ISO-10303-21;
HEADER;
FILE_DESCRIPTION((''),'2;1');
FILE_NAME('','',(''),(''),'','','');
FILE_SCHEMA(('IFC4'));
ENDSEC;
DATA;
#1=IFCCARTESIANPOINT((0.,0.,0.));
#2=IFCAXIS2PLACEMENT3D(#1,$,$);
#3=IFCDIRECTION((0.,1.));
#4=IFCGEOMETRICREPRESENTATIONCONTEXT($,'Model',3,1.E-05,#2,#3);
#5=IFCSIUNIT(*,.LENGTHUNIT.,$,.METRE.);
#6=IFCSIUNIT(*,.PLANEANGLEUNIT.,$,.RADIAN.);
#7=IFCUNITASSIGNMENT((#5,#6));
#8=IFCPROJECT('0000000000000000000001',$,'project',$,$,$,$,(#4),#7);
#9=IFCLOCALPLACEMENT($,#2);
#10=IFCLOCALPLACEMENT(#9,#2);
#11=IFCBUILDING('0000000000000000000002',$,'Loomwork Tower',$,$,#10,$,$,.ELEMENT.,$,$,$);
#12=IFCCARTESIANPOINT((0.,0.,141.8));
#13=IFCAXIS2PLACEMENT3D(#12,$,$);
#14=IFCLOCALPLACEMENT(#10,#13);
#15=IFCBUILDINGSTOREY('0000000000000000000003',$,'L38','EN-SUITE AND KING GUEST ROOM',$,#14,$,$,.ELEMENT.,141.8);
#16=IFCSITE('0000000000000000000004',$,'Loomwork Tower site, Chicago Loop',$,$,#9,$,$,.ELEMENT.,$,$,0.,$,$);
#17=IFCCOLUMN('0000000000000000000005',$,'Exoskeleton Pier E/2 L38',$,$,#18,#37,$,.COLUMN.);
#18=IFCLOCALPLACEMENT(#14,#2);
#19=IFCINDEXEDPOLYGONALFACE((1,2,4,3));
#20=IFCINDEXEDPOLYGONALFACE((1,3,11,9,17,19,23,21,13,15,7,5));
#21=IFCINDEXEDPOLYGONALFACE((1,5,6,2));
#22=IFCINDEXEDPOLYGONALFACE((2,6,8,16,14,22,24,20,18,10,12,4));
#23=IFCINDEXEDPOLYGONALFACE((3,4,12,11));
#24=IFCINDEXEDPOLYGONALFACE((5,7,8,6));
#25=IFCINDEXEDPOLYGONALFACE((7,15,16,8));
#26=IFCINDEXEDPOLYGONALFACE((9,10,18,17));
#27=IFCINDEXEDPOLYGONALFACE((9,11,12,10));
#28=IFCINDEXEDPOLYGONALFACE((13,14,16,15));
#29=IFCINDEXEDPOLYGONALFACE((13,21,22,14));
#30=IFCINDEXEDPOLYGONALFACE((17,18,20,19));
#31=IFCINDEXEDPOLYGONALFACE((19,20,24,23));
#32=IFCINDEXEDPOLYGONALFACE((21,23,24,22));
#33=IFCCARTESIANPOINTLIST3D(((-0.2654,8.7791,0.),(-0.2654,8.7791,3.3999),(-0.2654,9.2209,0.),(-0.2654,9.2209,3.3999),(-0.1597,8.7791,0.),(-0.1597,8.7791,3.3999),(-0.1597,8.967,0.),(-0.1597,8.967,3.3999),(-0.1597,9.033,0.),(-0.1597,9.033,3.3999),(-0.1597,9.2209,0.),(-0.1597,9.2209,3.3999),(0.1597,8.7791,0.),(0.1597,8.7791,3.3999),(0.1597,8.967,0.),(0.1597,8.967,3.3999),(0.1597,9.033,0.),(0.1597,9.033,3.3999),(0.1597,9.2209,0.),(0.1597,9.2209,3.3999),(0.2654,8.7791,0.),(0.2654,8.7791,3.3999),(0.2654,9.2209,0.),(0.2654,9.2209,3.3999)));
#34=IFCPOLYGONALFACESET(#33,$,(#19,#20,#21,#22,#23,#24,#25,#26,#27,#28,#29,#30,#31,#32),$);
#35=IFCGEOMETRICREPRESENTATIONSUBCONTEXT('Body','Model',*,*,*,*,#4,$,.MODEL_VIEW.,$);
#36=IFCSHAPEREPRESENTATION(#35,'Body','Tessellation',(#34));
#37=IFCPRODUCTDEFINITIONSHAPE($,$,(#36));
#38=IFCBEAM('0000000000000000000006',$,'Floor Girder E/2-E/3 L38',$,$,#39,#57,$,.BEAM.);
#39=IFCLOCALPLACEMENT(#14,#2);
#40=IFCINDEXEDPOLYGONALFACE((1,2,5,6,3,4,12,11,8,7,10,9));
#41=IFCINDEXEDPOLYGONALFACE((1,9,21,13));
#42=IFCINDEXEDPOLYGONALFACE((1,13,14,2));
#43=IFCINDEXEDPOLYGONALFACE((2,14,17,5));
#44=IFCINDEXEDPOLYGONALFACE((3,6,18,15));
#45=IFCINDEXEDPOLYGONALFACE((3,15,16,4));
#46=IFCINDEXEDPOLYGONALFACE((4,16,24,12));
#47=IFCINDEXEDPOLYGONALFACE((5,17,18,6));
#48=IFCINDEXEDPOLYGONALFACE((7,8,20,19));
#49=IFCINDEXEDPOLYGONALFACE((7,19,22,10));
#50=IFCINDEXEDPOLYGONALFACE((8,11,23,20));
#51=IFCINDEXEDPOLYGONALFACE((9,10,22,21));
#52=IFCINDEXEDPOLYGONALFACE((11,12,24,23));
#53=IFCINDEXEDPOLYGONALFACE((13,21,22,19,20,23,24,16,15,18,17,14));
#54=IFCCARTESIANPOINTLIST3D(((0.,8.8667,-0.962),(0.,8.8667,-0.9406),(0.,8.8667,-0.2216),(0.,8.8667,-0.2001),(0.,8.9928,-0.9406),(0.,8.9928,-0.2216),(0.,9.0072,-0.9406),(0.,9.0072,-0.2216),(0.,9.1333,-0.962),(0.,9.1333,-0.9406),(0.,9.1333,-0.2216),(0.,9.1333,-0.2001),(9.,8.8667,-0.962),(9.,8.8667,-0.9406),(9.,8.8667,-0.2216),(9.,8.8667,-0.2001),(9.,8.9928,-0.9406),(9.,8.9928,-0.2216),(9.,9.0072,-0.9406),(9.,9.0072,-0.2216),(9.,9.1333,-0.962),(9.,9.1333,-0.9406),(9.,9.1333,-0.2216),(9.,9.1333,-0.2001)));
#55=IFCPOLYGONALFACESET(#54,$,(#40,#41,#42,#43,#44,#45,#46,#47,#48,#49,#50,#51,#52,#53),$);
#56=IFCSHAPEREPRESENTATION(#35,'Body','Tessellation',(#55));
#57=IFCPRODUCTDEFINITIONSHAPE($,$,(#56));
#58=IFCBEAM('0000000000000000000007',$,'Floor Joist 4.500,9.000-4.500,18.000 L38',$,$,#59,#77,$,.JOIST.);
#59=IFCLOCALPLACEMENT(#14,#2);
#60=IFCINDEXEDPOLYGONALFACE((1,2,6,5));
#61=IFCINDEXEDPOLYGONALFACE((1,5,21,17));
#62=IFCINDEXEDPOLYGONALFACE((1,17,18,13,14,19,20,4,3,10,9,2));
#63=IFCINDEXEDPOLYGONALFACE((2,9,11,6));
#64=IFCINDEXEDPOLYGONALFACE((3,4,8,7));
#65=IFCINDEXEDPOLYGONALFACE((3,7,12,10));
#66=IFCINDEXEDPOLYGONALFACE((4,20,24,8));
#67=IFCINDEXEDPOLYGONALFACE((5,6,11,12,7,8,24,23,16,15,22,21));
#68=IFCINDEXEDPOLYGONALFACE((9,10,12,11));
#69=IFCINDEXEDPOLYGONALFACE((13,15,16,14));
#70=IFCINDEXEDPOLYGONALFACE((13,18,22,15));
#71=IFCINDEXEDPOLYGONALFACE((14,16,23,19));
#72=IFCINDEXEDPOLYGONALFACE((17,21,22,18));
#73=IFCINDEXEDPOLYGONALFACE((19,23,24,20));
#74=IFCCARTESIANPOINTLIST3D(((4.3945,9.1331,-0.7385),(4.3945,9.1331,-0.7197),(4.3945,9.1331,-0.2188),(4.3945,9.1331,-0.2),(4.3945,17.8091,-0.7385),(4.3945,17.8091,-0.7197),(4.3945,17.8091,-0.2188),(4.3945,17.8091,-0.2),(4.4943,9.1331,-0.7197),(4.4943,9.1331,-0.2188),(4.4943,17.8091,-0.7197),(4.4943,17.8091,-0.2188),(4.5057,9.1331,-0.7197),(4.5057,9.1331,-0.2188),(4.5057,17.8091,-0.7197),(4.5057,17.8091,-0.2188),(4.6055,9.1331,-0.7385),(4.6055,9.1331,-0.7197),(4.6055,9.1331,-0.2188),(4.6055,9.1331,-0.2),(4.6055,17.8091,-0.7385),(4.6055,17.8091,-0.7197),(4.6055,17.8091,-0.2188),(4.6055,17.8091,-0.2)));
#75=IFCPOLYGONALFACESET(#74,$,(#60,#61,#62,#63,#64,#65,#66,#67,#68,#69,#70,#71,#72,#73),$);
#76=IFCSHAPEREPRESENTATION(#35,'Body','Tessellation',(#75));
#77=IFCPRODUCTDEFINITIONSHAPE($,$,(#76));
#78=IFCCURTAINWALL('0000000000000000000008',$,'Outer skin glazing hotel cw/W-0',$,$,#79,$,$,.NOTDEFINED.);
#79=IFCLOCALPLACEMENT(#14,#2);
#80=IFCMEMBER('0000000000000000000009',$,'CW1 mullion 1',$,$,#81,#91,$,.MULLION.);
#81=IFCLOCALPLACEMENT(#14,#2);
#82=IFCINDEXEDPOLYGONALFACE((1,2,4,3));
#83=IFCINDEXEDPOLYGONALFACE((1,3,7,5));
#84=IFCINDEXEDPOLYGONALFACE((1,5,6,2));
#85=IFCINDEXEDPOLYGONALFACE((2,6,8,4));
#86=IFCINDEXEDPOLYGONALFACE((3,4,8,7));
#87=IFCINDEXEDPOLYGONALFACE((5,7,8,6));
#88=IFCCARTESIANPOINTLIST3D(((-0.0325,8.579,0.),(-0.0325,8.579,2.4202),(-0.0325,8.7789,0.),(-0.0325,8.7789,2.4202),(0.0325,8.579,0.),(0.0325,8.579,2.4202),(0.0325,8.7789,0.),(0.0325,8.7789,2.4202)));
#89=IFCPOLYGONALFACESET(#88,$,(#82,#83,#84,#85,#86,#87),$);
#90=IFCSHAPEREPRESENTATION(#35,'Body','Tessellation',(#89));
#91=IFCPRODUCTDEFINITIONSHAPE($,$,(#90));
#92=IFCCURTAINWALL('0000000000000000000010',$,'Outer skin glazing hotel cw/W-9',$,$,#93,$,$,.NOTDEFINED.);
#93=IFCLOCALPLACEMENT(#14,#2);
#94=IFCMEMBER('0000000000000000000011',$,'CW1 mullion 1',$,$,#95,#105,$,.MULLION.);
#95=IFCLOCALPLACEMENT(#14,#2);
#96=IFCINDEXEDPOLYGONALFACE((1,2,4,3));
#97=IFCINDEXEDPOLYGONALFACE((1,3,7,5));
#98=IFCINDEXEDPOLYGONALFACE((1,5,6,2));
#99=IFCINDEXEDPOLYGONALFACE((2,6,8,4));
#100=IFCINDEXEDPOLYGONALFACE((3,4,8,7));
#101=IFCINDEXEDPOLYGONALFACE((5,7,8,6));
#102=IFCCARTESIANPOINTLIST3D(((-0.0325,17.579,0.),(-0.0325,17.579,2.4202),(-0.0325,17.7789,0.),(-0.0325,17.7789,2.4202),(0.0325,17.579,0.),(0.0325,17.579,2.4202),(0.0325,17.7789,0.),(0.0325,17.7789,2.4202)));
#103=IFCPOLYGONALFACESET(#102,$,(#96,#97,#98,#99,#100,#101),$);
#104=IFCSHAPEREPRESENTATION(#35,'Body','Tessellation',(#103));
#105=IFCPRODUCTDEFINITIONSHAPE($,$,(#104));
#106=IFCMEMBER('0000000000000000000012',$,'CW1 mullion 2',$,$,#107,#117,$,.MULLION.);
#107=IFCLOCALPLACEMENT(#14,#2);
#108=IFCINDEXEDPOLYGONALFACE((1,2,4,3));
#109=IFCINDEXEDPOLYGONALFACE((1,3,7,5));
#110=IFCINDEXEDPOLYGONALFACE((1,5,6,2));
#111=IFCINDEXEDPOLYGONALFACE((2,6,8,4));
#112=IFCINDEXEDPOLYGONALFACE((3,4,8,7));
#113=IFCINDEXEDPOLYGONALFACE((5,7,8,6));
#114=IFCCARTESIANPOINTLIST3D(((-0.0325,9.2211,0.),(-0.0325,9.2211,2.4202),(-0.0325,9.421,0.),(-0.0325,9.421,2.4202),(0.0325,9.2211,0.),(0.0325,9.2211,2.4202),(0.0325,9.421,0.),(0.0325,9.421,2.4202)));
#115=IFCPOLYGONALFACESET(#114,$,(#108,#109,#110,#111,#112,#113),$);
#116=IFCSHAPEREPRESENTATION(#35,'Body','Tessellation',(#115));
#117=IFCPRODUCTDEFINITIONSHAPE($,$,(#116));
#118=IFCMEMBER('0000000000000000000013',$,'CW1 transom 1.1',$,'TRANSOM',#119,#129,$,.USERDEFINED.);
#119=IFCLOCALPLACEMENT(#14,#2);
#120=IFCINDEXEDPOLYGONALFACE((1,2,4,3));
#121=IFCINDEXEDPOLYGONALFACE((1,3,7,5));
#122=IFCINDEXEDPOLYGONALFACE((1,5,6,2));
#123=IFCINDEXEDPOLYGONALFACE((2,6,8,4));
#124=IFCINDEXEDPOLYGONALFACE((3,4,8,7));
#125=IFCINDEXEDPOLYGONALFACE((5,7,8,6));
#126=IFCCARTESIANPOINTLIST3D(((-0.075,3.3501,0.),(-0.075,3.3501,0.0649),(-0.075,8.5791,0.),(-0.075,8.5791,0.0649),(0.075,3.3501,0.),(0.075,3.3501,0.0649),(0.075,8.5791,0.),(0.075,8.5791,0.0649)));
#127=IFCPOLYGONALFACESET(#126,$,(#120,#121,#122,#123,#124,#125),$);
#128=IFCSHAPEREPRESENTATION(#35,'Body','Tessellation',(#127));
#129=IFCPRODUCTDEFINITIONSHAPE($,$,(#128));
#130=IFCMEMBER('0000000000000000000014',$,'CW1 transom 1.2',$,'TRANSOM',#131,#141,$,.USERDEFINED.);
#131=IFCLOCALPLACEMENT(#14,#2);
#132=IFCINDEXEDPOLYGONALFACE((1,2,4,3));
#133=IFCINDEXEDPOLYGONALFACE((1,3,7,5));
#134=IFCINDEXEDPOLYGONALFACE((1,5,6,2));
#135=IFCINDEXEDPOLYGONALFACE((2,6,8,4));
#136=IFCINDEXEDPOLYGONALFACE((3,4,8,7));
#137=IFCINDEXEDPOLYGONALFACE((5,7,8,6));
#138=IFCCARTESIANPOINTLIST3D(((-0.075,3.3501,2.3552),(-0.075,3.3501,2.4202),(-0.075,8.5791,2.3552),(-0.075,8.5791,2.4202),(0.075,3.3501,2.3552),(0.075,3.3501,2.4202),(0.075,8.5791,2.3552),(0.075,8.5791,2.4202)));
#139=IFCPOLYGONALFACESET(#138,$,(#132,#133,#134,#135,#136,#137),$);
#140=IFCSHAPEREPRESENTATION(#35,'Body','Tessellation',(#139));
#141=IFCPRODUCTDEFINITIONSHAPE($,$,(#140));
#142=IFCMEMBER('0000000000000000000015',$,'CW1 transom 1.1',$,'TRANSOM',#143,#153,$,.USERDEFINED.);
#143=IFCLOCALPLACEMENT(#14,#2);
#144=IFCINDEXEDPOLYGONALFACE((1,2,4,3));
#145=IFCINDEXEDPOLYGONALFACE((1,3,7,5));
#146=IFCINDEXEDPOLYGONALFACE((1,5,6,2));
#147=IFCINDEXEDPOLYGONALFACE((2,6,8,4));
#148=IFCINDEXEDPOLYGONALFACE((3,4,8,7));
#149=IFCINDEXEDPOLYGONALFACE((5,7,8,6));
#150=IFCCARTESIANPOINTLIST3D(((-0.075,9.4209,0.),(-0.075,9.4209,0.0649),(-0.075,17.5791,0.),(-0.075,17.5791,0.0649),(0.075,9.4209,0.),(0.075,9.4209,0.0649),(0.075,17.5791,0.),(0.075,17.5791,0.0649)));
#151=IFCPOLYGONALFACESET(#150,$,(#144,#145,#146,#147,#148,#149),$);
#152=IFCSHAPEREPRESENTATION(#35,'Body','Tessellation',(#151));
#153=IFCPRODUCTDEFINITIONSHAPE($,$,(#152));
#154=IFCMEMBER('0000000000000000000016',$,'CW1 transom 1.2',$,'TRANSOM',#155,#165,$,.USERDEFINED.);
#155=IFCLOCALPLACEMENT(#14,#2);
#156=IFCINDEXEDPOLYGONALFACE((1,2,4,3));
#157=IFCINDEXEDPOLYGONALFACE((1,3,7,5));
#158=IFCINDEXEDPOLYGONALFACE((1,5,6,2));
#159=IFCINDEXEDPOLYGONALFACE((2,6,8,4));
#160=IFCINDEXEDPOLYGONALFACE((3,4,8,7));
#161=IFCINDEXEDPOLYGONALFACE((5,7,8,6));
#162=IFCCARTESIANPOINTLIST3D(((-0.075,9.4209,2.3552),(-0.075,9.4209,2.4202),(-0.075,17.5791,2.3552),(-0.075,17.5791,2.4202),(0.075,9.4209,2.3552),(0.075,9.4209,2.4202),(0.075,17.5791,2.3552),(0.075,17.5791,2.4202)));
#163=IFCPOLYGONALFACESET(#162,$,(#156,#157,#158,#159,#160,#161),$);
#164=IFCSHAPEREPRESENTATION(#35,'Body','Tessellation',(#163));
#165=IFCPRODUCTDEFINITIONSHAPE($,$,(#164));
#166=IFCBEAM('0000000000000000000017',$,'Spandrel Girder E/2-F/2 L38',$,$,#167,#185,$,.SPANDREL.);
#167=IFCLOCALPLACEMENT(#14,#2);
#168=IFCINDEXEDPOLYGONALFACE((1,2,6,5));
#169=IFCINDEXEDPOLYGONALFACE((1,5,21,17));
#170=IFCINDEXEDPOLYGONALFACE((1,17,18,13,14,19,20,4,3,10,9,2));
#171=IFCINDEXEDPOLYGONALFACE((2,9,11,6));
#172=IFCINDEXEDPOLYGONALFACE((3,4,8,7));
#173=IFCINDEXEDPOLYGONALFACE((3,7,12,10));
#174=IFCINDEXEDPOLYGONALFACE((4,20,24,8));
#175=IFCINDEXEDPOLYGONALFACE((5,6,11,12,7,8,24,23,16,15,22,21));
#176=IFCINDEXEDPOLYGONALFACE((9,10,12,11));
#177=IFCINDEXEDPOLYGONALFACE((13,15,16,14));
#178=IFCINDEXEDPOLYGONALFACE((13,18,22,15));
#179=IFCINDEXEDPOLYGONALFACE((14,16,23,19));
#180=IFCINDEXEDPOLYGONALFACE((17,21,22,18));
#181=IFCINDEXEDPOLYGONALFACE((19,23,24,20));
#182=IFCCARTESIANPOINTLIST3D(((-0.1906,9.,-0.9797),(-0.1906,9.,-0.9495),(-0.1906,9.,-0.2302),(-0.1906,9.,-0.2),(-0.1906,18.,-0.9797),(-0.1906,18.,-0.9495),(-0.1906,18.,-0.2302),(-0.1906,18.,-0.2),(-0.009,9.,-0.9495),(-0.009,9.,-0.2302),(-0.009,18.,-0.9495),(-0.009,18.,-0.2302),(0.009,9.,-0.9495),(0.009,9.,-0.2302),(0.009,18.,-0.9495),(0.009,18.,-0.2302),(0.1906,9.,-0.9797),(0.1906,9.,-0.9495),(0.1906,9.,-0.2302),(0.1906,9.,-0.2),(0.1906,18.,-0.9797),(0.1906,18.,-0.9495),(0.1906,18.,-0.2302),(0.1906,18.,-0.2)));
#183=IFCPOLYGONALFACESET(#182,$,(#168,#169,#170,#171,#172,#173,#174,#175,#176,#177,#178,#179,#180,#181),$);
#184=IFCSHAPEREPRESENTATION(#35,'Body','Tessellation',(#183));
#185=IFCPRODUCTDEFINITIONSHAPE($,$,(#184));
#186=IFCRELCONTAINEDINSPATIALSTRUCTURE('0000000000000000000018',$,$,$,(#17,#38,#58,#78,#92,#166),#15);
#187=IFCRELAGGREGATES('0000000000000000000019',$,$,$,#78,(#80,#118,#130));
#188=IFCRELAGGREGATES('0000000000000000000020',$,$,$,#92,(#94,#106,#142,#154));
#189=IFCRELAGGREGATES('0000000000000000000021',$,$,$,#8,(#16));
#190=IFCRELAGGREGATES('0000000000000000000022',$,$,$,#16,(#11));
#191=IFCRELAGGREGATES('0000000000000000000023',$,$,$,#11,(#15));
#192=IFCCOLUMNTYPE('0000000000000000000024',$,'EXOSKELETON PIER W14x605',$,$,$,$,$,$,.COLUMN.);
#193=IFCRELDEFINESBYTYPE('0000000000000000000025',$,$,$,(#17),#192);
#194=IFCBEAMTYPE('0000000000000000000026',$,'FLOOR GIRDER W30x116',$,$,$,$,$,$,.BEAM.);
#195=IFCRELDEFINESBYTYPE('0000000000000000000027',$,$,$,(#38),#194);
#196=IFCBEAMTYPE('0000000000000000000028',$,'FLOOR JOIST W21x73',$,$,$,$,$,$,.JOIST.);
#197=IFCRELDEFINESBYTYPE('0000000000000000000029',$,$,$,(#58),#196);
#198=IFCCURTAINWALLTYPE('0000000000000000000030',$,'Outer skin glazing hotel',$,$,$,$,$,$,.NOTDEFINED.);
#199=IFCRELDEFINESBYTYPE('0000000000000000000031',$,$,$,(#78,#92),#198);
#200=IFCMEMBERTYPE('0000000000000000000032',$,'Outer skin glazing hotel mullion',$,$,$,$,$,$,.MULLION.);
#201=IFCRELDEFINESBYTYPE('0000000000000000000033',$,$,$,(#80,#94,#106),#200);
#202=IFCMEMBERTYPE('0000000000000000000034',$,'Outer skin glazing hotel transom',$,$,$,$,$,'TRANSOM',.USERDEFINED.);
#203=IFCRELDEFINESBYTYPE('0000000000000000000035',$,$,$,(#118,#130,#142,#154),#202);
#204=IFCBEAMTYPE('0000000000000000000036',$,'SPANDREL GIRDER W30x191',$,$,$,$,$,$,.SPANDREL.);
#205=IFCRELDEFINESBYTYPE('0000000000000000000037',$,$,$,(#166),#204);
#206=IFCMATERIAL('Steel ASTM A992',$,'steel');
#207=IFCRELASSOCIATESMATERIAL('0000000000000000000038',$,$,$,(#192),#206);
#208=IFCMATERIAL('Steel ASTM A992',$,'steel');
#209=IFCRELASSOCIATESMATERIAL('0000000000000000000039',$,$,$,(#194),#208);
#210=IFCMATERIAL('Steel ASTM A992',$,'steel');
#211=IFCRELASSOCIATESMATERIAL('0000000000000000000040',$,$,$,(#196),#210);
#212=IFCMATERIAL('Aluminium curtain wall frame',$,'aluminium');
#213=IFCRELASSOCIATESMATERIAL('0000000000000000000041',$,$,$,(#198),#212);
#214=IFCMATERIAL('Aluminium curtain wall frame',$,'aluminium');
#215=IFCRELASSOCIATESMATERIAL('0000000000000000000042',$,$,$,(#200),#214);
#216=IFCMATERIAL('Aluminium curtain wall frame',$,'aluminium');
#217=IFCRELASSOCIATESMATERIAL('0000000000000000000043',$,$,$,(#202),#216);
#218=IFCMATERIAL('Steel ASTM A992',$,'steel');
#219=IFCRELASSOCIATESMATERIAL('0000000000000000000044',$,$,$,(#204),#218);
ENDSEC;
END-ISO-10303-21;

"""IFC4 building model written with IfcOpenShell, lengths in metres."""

from ifc_helpers import new_model, si_unit, direction, frame, origin, origin_2d, place, context, subcontext, project, spatial, rectangle, i_section, extrude, material, material_profile, profile_set, type_object, element, aggregate, save


model = new_model("IFC4")

# Units and contexts
model_context = context("Model", 3, precision=1e-05, world=origin(), true_north=direction((0.0, 1.0)))
body_context = subcontext(model_context, "Body", "Model", "MODEL_VIEW")
ifc_project = project(units=[si_unit("LENGTHUNIT", "METRE"), si_unit("PLANEANGLEUNIT", "RADIAN")], contexts=[model_context])

# Site, building, storey
site_placement = place(None, origin())
site = spatial("IfcSite", under=ifc_project, at=site_placement, Name="Loomwork Tower site, Chicago Loop", CompositionType="ELEMENT", RefElevation=0.0)
building_placement = place(site_placement, origin())
building = spatial("IfcBuilding", under=site, at=building_placement, Name="Loomwork Tower", CompositionType="ELEMENT")
storey_placement = place(building_placement, frame((0.0, 0.0, 141.8)))
storey = spatial("IfcBuildingStorey", under=building, at=storey_placement, Name="L38", Description="EN-SUITE AND KING GUEST ROOM", CompositionType="ELEMENT", Elevation=141.8)

# Column
ifc_material_1 = material(Name="Steel ASTM A992", Category="steel")
ifc_material_profile_1 = material_profile(ifc_material_1, i_section(OverallWidth=0.4419, OverallDepth=0.5308, WebThickness=0.0659, FlangeThickness=0.1057, at=origin_2d()), Name="W14x605")
ifc_profile_set_1 = profile_set([ifc_material_profile_1], Name="Steel ASTM A992")
column_type = type_object("IfcColumnType", Name="EXOSKELETON PIER W14x605", PredefinedType="COLUMN", material=ifc_profile_set_1)
column_placement = place(storey_placement, frame((0.0, 9.0, 0.0), z_axis=(0.0, 0.0, 1.0), x_axis=(0.0, 1.0, 0.0)))
element("IfcColumn", 1, at=column_placement, inside=storey, type_object=column_type, Name="Exoskeleton Pier E/2 L38", PredefinedType="COLUMN", context=body_context, shape_type="SweptSolid", body=[
    extrude(i_section(OverallWidth=0.4419, OverallDepth=0.5308, WebThickness=0.0659, FlangeThickness=0.1057, at=origin_2d()), origin(), (0.0, 0.0, 1.0), 3.3999),
])

# Beams
ifc_material_2 = material(Name="Steel ASTM A992", Category="steel")
ifc_material_profile_2 = material_profile(ifc_material_2, i_section(OverallWidth=0.2666, OverallDepth=0.762, WebThickness=0.0144, FlangeThickness=0.0215, at=origin_2d()), Name="W30x116")
ifc_profile_set_2 = profile_set([ifc_material_profile_2], Name="Steel ASTM A992")
beam_type_1 = type_object("IfcBeamType", Name="FLOOR GIRDER W30x116", PredefinedType="BEAM", material=ifc_profile_set_2)
beam_1_placement = place(storey_placement, frame((0.0, 9.0, -0.5811), z_axis=(1.0, 0.0, 0.0), x_axis=(0.0, 1.0, 0.0)))
element("IfcBeam", 2, at=beam_1_placement, inside=storey, type_object=beam_type_1, Name="Floor Girder E/2-E/3 L38", PredefinedType="BEAM", context=body_context, shape_type="SweptSolid", body=[
    extrude(i_section(OverallWidth=0.2666, OverallDepth=0.762, WebThickness=0.0144, FlangeThickness=0.0215, at=origin_2d()), origin(), (0.0, 0.0, 1.0), 9.0),
])
ifc_material_3 = material(Name="Steel ASTM A992", Category="steel")
ifc_material_profile_3 = material_profile(ifc_material_3, i_section(OverallWidth=0.2109, OverallDepth=0.5386, WebThickness=0.0115, FlangeThickness=0.0188, at=origin_2d()), Name="W21x73")
ifc_profile_set_3 = profile_set([ifc_material_profile_3], Name="Steel ASTM A992")
beam_type_2 = type_object("IfcBeamType", Name="FLOOR JOIST W21x73", PredefinedType="JOIST", material=ifc_profile_set_3)
beam_2_placement = place(storey_placement, frame((4.5, 9.1331, -0.4692), z_axis=(0.0, 1.0, 0.0), x_axis=(-1.0, 0.0, 0.0)))
element("IfcBeam", 3, at=beam_2_placement, inside=storey, type_object=beam_type_2, Name="Floor Joist 4.500,9.000-4.500,18.000 L38", PredefinedType="JOIST", context=body_context, shape_type="SweptSolid", body=[
    extrude(i_section(OverallWidth=0.2109, OverallDepth=0.5386, WebThickness=0.0115, FlangeThickness=0.0188, at=origin_2d()), origin(), (0.0, 0.0, 1.0), 8.676),
])

# Curtain wall, member
ifc_material_4 = material(Name="Aluminium curtain wall frame", Category="aluminium")
curtain_wall_type = type_object("IfcCurtainWallType", Name="Outer skin glazing hotel", PredefinedType="NOTDEFINED", material=ifc_material_4)
curtain_wall_1_placement = place(storey_placement, origin())
curtain_wall_1 = element("IfcCurtainWall", 4, at=curtain_wall_1_placement, inside=storey, type_object=curtain_wall_type, Name="Outer skin glazing hotel cw/W-0", PredefinedType="NOTDEFINED")
ifc_material_5 = material(Name="Aluminium curtain wall frame", Category="aluminium")
ifc_material_profile_4 = material_profile(ifc_material_5, rectangle(XDim=0.0649, YDim=0.2, at=origin_2d()), Name="AL 65x200")
ifc_profile_set_4 = profile_set([ifc_material_profile_4], Name="Aluminium curtain wall frame")
member_type_1 = type_object("IfcMemberType", Name="Outer skin glazing hotel mullion", PredefinedType="MULLION", material=ifc_profile_set_4)
member_1_placement = place(storey_placement, frame((0.0, 8.679, 0.0), z_axis=(0.0, 0.0, 1.0), x_axis=(1.0, 0.0, 0.0)))
member_1 = element("IfcMember", 5, at=member_1_placement, type_object=member_type_1, Name="CW1 mullion 1", PredefinedType="MULLION", context=body_context, shape_type="SweptSolid", body=[
    extrude(rectangle(XDim=0.0649, YDim=0.2, at=origin_2d()), origin(), (0.0, 0.0, 1.0), 2.4202),
])

# Curtain wall, members
curtain_wall_2_placement = place(storey_placement, origin())
curtain_wall_2 = element("IfcCurtainWall", 6, at=curtain_wall_2_placement, inside=storey, type_object=curtain_wall_type, Name="Outer skin glazing hotel cw/W-9", PredefinedType="NOTDEFINED")
member_2_placement = place(storey_placement, frame((0.0, 17.679, 0.0), z_axis=(0.0, 0.0, 1.0), x_axis=(1.0, 0.0, 0.0)))
member_2 = element("IfcMember", 7, at=member_2_placement, type_object=member_type_1, Name="CW1 mullion 1", PredefinedType="MULLION", context=body_context, shape_type="SweptSolid", body=[
    extrude(rectangle(XDim=0.0649, YDim=0.2, at=origin_2d()), origin(), (0.0, 0.0, 1.0), 2.4202),
])
member_3_placement = place(storey_placement, frame((0.0, 9.321, 0.0), z_axis=(0.0, 0.0, 1.0), x_axis=(1.0, 0.0, 0.0)))
member_3 = element("IfcMember", 8, at=member_3_placement, type_object=member_type_1, Name="CW1 mullion 2", PredefinedType="MULLION", context=body_context, shape_type="SweptSolid", body=[
    extrude(rectangle(XDim=0.0649, YDim=0.2, at=origin_2d()), origin(), (0.0, 0.0, 1.0), 2.4202),
])

# Members
ifc_material_6 = material(Name="Aluminium curtain wall frame", Category="aluminium")
ifc_material_profile_5 = material_profile(ifc_material_6, rectangle(XDim=0.1499, YDim=0.0649, at=origin_2d()), Name="AL 65x150")
ifc_profile_set_5 = profile_set([ifc_material_profile_5], Name="Aluminium curtain wall frame")
member_type_2 = type_object("IfcMemberType", Name="Outer skin glazing hotel transom", ElementType="TRANSOM", PredefinedType="USERDEFINED", material=ifc_profile_set_5)
member_4_placement = place(storey_placement, frame((0.0, 8.5791, 0.0325), z_axis=(0.0, -1.0, 0.0), x_axis=(1.0, 0.0, 0.0)))
member_4 = element("IfcMember", 9, at=member_4_placement, type_object=member_type_2, Name="CW1 transom 1.1", ObjectType="TRANSOM", PredefinedType="USERDEFINED", context=body_context, shape_type="SweptSolid", body=[
    extrude(rectangle(XDim=0.1499, YDim=0.0649, at=origin_2d()), origin(), (0.0, 0.0, 1.0), 5.229),
])
member_5_placement = place(storey_placement, frame((0.0, 8.5791, 2.3877), z_axis=(0.0, -1.0, 0.0), x_axis=(1.0, 0.0, 0.0)))
member_5 = element("IfcMember", 10, at=member_5_placement, type_object=member_type_2, Name="CW1 transom 1.2", ObjectType="TRANSOM", PredefinedType="USERDEFINED", context=body_context, shape_type="SweptSolid", body=[
    extrude(rectangle(XDim=0.1499, YDim=0.0649, at=origin_2d()), origin(), (0.0, 0.0, 1.0), 5.229),
])
member_6_placement = place(storey_placement, frame((0.0, 17.5791, 0.0325), z_axis=(0.0, -1.0, 0.0), x_axis=(1.0, 0.0, 0.0)))
member_6 = element("IfcMember", 11, at=member_6_placement, type_object=member_type_2, Name="CW1 transom 1.1", ObjectType="TRANSOM", PredefinedType="USERDEFINED", context=body_context, shape_type="SweptSolid", body=[
    extrude(rectangle(XDim=0.1499, YDim=0.0649, at=origin_2d()), origin(), (0.0, 0.0, 1.0), 8.1582),
])
member_7_placement = place(storey_placement, frame((0.0, 17.5791, 2.3877), z_axis=(0.0, -1.0, 0.0), x_axis=(1.0, 0.0, 0.0)))
member_7 = element("IfcMember", 12, at=member_7_placement, type_object=member_type_2, Name="CW1 transom 1.2", ObjectType="TRANSOM", PredefinedType="USERDEFINED", context=body_context, shape_type="SweptSolid", body=[
    extrude(rectangle(XDim=0.1499, YDim=0.0649, at=origin_2d()), origin(), (0.0, 0.0, 1.0), 8.1582),
])

# Beam
ifc_material_7 = material(Name="Steel ASTM A992", Category="steel")
ifc_material_profile_6 = material_profile(ifc_material_7, i_section(OverallWidth=0.3811, OverallDepth=0.7798, WebThickness=0.0181, FlangeThickness=0.0303, at=origin_2d()), Name="W30x191")
ifc_profile_set_6 = profile_set([ifc_material_profile_6], Name="Steel ASTM A992")
beam_type_3 = type_object("IfcBeamType", Name="SPANDREL GIRDER W30x191", PredefinedType="SPANDREL", material=ifc_profile_set_6)
beam_3_placement = place(storey_placement, frame((0.0, 9.0, -0.5898), z_axis=(0.0, 1.0, 0.0), x_axis=(-1.0, 0.0, 0.0)))
element("IfcBeam", 13, at=beam_3_placement, inside=storey, type_object=beam_type_3, Name="Spandrel Girder E/2-F/2 L38", PredefinedType="SPANDREL", context=body_context, shape_type="SweptSolid", body=[
    extrude(i_section(OverallWidth=0.3811, OverallDepth=0.7798, WebThickness=0.0181, FlangeThickness=0.0303, at=origin_2d()), origin(), (0.0, 0.0, 1.0), 9.0),
])

aggregate(curtain_wall_1, [member_1, member_4, member_5])
aggregate(curtain_wall_2, [member_2, member_3, member_6, member_7])

save(model, "model.ifc")
